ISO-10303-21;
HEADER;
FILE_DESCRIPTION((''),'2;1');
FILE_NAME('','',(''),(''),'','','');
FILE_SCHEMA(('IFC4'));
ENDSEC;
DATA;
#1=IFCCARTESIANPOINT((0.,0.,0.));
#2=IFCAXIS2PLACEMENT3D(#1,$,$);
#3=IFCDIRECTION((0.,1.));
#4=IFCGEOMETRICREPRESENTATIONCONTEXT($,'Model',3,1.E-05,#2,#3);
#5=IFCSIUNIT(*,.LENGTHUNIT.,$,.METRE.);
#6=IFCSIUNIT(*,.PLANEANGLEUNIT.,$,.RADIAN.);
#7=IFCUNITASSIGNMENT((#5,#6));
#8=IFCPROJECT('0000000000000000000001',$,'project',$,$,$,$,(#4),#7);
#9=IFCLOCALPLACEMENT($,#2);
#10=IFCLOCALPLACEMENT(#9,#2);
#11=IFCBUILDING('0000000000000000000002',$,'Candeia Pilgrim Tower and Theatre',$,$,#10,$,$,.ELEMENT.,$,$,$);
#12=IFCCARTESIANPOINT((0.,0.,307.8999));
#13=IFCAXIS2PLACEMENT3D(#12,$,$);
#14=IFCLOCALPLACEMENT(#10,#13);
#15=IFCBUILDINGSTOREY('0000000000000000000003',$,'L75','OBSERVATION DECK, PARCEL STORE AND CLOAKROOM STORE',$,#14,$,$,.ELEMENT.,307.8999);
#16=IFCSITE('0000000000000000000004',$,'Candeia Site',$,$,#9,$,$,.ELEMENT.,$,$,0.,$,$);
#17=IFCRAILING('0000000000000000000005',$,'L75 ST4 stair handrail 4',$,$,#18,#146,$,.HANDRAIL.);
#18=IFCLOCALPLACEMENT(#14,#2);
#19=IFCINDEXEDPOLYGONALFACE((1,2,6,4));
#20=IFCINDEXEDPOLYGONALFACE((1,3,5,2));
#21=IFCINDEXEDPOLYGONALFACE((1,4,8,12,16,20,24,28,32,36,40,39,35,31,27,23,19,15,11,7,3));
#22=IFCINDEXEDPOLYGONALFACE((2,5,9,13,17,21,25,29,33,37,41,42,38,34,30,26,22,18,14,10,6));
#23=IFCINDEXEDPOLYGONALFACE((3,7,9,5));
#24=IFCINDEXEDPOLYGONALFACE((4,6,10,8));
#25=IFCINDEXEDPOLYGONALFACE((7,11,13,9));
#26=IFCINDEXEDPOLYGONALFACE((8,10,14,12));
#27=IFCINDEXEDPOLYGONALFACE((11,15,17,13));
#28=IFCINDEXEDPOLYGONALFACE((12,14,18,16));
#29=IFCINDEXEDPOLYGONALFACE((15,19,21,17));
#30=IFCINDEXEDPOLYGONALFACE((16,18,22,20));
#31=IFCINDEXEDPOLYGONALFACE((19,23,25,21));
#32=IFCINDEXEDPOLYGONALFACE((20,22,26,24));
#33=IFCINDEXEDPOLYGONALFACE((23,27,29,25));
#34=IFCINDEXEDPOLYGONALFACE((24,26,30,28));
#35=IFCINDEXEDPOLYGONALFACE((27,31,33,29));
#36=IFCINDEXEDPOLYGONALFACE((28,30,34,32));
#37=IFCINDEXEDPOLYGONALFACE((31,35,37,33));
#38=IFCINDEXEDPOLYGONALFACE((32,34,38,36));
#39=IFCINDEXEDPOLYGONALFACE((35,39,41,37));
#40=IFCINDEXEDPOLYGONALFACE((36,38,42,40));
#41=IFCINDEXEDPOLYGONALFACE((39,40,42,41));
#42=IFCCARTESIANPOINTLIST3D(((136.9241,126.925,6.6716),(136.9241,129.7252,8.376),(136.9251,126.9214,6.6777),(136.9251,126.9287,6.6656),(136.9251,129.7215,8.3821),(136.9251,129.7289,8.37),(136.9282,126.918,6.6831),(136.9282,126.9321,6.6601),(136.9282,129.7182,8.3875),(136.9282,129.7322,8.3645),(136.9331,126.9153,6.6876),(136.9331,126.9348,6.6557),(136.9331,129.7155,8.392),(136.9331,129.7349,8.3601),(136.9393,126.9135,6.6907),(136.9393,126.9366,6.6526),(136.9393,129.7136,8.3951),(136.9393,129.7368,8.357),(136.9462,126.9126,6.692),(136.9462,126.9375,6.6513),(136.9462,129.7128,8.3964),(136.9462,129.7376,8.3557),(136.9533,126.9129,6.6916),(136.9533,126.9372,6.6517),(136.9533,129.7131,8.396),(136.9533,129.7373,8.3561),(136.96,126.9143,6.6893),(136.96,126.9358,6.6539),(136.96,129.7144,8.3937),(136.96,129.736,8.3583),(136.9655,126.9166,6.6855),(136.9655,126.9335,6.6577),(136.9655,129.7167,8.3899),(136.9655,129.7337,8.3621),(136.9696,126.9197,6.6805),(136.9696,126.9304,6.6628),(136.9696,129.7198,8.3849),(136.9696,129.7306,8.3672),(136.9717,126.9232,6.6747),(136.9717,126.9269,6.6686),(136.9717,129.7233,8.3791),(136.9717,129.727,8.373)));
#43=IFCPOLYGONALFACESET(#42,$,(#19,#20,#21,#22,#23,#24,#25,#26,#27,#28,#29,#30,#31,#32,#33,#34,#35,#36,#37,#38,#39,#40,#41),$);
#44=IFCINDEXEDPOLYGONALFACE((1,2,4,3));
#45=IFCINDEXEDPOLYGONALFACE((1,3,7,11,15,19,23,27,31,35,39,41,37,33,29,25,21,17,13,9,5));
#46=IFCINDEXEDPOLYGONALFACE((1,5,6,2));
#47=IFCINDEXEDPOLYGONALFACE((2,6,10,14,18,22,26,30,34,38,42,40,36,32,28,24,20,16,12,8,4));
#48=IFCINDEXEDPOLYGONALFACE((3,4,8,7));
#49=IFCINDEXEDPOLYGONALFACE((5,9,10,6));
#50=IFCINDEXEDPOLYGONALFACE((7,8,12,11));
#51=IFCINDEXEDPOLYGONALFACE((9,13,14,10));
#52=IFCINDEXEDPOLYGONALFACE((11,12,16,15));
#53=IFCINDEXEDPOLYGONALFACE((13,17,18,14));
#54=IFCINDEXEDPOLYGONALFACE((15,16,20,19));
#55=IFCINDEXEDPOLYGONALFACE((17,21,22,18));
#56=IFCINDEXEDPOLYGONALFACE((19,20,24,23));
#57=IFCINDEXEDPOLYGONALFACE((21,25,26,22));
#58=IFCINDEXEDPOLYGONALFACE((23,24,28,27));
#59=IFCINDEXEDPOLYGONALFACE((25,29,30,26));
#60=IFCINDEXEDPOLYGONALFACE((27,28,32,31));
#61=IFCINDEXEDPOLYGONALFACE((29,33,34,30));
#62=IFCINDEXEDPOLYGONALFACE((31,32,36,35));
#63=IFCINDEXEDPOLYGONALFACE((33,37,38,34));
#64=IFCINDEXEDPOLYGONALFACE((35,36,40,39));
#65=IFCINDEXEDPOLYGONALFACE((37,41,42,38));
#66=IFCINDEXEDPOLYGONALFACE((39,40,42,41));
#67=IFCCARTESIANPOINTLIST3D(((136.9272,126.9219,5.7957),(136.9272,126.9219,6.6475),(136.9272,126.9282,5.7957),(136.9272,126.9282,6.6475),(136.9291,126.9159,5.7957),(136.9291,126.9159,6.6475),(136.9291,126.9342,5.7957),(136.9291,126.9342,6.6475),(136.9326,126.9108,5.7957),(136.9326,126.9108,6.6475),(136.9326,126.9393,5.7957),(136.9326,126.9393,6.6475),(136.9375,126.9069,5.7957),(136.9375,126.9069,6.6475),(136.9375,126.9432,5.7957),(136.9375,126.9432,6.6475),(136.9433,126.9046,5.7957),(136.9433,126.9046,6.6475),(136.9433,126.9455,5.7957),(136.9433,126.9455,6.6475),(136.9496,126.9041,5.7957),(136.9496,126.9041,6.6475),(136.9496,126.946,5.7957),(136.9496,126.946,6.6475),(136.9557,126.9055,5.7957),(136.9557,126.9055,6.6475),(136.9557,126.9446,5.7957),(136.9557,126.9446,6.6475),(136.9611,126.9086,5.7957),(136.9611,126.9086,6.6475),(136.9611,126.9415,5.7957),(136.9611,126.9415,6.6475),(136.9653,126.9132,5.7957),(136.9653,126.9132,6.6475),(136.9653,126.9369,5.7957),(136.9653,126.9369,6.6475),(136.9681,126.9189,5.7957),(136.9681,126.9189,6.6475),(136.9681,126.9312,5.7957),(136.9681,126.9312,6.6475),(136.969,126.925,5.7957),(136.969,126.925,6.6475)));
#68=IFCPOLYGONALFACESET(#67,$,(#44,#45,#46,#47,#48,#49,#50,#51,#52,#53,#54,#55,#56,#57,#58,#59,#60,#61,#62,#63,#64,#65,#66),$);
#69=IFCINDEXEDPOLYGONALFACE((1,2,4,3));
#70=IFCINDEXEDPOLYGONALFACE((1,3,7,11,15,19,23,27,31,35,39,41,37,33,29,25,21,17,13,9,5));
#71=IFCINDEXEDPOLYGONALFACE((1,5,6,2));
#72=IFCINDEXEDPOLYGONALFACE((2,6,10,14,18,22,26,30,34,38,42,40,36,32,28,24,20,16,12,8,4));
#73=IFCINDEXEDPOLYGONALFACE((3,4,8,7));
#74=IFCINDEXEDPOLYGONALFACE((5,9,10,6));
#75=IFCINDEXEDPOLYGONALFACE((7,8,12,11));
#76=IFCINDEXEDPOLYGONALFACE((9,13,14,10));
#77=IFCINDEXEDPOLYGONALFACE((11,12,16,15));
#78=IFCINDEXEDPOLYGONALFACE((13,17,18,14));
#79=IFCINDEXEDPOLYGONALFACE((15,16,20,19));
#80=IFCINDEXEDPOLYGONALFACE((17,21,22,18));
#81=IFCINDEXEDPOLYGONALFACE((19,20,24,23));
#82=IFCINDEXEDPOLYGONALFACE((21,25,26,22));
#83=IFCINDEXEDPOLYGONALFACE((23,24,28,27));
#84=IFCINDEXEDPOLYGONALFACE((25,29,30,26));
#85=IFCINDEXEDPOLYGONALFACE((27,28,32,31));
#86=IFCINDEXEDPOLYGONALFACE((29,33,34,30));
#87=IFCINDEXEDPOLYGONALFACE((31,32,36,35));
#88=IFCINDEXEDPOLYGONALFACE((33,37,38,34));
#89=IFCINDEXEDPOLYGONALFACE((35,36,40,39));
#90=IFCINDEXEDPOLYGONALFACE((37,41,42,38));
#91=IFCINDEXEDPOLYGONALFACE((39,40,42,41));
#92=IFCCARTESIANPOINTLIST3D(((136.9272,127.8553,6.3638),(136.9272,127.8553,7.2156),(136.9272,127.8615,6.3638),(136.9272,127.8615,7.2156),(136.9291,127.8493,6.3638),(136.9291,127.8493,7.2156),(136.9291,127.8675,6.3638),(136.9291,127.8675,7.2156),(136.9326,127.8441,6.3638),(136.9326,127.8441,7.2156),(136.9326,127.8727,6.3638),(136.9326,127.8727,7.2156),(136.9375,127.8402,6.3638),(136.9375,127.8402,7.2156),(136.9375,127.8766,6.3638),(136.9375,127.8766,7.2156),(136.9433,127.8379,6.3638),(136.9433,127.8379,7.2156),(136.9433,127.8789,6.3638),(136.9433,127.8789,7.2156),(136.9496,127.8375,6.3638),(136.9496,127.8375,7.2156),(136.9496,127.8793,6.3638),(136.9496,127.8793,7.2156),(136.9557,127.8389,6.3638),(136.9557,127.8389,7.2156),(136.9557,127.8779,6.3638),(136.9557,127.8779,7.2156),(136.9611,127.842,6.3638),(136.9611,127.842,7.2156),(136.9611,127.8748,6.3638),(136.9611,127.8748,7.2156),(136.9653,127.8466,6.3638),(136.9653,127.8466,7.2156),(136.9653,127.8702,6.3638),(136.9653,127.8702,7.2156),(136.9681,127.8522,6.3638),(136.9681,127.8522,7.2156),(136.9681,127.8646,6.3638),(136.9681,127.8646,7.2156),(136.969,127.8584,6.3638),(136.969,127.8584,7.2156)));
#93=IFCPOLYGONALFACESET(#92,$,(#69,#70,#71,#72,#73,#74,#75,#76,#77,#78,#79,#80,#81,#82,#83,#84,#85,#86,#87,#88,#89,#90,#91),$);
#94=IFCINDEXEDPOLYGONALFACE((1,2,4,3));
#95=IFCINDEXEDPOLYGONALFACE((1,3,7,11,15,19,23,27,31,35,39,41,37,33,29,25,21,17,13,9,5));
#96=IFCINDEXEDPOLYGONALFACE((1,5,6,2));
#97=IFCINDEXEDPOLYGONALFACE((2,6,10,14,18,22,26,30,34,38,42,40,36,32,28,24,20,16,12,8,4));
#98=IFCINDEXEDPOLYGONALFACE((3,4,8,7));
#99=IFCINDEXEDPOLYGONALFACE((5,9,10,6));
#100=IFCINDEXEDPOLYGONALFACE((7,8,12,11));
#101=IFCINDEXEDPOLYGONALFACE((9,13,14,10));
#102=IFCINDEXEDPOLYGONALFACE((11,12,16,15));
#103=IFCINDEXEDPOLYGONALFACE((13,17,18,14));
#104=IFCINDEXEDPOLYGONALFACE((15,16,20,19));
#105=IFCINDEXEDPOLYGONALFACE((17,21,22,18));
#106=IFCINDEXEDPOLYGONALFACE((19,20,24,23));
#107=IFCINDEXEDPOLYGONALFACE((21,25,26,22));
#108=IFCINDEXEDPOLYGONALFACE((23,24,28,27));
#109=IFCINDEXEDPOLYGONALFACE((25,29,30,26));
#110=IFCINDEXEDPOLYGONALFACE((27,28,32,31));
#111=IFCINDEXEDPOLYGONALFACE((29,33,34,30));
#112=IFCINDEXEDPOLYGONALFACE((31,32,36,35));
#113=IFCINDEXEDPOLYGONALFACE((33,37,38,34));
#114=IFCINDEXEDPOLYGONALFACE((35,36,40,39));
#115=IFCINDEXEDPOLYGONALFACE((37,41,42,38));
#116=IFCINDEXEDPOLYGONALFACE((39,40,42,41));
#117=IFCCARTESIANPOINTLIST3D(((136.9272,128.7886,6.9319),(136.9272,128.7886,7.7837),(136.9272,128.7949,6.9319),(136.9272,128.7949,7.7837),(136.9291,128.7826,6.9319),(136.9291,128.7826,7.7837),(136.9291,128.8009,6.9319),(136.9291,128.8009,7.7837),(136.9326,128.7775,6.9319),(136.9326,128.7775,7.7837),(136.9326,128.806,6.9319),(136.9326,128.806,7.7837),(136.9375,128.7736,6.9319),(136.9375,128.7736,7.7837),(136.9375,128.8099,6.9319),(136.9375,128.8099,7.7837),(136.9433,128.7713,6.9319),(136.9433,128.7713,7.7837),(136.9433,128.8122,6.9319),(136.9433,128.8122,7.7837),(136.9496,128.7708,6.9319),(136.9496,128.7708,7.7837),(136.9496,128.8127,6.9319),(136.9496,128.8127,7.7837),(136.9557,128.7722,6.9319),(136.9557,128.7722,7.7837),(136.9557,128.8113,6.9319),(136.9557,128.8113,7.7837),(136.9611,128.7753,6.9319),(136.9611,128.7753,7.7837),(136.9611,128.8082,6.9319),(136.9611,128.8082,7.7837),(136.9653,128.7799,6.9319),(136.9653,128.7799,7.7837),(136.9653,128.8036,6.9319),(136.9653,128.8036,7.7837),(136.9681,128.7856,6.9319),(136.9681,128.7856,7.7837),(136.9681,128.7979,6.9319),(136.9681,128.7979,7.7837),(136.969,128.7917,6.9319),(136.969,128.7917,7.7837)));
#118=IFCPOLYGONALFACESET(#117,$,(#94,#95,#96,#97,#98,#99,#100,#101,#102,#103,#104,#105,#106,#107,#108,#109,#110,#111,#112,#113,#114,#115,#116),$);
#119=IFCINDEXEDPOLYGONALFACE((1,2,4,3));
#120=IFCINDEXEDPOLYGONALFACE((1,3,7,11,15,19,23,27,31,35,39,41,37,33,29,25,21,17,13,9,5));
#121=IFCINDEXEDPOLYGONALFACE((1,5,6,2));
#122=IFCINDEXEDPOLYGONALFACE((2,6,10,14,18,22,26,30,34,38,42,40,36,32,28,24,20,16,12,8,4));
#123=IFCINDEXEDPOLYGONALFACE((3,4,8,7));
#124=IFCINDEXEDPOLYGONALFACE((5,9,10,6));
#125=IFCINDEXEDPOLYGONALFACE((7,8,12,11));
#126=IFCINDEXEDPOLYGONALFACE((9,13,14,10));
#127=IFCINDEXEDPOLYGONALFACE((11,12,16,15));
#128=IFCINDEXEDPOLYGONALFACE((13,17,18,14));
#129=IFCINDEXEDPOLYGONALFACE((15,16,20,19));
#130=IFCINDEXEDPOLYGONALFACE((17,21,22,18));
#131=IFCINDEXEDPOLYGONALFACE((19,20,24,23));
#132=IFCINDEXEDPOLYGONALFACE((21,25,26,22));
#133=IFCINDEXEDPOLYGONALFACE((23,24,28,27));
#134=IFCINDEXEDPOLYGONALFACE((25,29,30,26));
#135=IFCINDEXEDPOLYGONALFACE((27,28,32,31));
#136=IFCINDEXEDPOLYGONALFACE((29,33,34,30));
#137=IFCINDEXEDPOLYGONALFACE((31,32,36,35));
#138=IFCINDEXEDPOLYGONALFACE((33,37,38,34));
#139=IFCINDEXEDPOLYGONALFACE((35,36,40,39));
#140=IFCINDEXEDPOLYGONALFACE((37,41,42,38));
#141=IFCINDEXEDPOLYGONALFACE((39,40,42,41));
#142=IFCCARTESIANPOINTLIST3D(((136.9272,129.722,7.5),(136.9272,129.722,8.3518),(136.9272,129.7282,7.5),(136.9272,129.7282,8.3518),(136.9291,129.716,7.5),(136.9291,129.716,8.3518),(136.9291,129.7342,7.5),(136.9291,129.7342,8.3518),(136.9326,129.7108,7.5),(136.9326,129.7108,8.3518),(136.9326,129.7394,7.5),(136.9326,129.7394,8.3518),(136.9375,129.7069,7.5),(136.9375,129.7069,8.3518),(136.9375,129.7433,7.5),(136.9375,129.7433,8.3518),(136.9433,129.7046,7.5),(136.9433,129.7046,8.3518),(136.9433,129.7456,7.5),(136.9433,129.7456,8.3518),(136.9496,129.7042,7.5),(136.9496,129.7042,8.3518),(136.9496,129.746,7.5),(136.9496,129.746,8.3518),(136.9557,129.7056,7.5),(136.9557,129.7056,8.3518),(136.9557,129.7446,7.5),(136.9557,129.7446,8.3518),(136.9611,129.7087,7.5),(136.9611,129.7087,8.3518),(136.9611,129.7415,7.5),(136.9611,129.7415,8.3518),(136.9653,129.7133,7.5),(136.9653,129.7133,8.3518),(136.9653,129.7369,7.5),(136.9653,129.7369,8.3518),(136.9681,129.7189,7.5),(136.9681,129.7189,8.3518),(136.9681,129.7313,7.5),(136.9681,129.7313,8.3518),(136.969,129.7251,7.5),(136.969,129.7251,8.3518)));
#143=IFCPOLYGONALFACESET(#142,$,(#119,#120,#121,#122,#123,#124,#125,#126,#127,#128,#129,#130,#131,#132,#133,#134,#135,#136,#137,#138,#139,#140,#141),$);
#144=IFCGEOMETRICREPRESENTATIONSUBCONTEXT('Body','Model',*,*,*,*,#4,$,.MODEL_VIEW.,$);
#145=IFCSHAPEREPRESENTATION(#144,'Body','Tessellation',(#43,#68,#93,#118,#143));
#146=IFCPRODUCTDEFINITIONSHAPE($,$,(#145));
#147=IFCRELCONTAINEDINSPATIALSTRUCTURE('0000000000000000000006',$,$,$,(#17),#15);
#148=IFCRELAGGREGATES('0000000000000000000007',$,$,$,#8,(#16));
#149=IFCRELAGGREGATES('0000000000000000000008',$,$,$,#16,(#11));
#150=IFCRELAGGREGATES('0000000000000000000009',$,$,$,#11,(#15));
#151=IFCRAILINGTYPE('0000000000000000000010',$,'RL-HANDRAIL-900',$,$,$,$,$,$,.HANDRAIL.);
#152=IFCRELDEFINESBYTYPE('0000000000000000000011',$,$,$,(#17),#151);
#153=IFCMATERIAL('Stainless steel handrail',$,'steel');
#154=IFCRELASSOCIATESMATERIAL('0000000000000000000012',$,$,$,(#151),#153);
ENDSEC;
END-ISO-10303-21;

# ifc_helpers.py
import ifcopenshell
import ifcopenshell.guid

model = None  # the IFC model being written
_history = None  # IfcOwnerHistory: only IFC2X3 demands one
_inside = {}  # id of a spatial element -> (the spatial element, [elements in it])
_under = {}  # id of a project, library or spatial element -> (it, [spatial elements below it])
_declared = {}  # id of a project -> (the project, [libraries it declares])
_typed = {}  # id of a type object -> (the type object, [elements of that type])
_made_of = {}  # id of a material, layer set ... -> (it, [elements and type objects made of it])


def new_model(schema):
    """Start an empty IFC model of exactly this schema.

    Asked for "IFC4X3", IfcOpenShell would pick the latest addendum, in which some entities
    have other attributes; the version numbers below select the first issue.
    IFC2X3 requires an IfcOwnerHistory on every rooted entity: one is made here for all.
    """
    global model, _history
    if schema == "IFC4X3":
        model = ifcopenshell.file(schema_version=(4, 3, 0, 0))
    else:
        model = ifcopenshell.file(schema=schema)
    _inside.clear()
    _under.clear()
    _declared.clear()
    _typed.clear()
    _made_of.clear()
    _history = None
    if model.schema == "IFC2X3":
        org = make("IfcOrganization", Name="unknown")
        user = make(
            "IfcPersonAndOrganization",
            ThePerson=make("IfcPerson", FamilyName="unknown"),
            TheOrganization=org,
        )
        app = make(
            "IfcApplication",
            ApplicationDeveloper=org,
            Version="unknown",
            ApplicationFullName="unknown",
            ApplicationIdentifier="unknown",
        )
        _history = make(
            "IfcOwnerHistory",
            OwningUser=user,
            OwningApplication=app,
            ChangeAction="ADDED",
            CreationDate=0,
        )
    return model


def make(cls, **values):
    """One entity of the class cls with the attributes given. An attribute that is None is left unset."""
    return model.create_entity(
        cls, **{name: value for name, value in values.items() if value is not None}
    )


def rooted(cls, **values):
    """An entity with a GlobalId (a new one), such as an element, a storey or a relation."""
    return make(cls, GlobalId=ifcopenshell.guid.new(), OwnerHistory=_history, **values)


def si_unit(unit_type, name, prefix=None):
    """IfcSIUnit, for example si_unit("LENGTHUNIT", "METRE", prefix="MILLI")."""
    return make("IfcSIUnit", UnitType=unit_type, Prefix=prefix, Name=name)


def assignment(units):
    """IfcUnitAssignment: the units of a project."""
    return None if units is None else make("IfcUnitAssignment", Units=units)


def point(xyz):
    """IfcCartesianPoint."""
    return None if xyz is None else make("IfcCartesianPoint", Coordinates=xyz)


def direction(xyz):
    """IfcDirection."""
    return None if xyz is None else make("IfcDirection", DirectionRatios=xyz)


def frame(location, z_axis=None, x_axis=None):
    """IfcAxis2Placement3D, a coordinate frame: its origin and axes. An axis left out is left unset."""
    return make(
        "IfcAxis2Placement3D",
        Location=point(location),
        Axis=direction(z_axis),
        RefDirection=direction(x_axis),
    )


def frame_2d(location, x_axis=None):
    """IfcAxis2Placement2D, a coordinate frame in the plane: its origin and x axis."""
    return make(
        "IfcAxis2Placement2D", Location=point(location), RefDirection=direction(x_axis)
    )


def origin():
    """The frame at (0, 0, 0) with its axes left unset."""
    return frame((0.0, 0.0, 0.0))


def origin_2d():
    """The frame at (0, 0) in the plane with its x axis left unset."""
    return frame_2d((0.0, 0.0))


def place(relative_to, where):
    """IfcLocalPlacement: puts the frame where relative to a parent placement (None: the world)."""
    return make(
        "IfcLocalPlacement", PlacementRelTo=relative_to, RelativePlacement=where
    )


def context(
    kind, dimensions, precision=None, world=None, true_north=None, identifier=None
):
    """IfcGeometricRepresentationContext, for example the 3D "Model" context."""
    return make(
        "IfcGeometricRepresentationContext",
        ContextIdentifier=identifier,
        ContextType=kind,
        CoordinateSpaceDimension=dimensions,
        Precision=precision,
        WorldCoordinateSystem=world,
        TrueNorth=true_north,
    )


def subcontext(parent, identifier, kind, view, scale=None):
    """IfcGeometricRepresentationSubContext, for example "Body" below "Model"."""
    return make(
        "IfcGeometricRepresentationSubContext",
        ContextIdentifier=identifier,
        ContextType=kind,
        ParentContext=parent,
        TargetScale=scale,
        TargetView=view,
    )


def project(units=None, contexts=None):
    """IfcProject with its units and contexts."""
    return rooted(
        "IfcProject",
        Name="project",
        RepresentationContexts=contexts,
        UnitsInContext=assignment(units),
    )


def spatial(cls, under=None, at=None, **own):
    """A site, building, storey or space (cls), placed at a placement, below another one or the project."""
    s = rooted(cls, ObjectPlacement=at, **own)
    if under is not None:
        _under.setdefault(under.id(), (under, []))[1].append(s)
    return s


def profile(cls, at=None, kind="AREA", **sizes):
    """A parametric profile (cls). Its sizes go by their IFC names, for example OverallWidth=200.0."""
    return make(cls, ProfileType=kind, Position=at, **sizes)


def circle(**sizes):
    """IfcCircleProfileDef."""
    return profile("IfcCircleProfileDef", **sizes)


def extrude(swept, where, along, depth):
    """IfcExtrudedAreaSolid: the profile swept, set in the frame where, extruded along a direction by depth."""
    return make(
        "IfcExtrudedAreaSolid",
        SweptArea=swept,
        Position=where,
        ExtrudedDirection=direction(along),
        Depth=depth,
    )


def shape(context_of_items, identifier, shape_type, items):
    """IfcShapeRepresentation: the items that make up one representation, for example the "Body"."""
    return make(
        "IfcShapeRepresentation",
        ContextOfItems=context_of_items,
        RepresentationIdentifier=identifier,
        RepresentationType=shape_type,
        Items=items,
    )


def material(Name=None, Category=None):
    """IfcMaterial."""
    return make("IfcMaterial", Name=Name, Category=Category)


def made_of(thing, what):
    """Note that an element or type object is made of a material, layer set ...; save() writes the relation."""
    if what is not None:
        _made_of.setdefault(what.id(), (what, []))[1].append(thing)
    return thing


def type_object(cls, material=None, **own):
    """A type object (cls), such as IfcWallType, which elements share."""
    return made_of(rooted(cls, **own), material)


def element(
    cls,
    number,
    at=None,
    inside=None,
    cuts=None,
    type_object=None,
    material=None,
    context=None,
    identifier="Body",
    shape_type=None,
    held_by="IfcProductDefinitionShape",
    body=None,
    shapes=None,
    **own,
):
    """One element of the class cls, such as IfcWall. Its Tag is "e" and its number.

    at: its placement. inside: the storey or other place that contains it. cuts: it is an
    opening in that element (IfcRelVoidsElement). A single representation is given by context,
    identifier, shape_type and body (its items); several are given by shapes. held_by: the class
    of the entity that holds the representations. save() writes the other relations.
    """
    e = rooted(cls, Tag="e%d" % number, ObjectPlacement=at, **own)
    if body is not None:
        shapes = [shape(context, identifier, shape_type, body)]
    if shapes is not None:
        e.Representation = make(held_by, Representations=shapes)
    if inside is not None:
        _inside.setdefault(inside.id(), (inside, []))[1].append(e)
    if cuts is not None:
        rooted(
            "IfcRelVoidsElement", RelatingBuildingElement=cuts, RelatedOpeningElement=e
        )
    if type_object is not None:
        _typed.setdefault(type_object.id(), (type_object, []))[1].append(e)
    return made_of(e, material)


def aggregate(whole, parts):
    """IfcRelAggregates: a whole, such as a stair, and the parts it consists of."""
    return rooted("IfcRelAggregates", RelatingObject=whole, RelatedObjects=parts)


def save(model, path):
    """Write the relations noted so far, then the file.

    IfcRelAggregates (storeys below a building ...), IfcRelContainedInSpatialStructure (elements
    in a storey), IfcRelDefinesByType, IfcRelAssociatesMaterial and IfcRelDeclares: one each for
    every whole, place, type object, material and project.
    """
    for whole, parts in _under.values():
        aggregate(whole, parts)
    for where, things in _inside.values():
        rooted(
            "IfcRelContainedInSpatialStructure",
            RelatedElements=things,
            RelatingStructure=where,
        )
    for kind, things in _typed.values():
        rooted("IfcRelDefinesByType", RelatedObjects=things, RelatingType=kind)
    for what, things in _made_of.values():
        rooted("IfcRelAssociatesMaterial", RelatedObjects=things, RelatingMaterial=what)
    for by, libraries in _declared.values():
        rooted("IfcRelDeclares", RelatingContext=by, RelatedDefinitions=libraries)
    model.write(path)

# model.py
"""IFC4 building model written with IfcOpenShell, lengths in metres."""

from ifc_helpers import new_model, si_unit, direction, frame, origin, origin_2d, place, context, subcontext, project, spatial, circle, extrude, material, type_object, element, save


model = new_model("IFC4")

# Units and contexts
model_context = context("Model", 3, precision=1e-05, world=origin(), true_north=direction((0.0, 1.0)))
body_context = subcontext(model_context, "Body", "Model", "MODEL_VIEW")
ifc_project = project(units=[si_unit("LENGTHUNIT", "METRE"), si_unit("PLANEANGLEUNIT", "RADIAN")], contexts=[model_context])

# Site, building, storey
site_placement = place(None, origin())
site = spatial("IfcSite", under=ifc_project, at=site_placement, Name="Candeia Site", CompositionType="ELEMENT", RefElevation=0.0)
building_placement = place(site_placement, origin())
building = spatial("IfcBuilding", under=site, at=building_placement, Name="Candeia Pilgrim Tower and Theatre", CompositionType="ELEMENT")
storey_placement = place(building_placement, frame((0.0, 0.0, 307.8999)))
storey = spatial("IfcBuildingStorey", under=building, at=storey_placement, Name="L75", Description="OBSERVATION DECK, PARCEL STORE AND CLOAKROOM STORE", CompositionType="ELEMENT", Elevation=307.8999)

# Railing
ifc_material_1 = material(Name="Stainless steel handrail", Category="steel")
railing_type_1 = type_object("IfcRailingType", Name="RL-HANDRAIL-900", PredefinedType="HANDRAIL", material=ifc_material_1)
for number, where, name in (
    (1, (136.948, 126.925, 5.7957), "L75 ST4 stair handrail 4"),
):
    element("IfcRailing", number, at=place(storey_placement, frame(where)), inside=storey, type_object=railing_type_1, Name=name, PredefinedType="HANDRAIL", context=body_context, shape_type="SweptSolid", body=[
        extrude(circle(Radius=0.0239, at=origin_2d()), frame((0.0, 0.0, 0.876), z_axis=(0.0, 0.854203, 0.51994), x_axis=(-1.0, 0.0, 0.0)), (0.0, 0.0, 1.0), 3.2781),
        extrude(circle(Radius=0.021, at=origin_2d()), origin(), (0.0, 0.0, 1.0), 0.8518),
        extrude(circle(Radius=0.021, at=origin_2d()), frame((0.0, 0.9333, 0.5681)), (0.0, 0.0, 1.0), 0.8518),
        extrude(circle(Radius=0.021, at=origin_2d()), frame((0.0, 1.8667, 1.1362)), (0.0, 0.0, 1.0), 0.8518),
        extrude(circle(Radius=0.021, at=origin_2d()), frame((0.0, 2.8, 1.7043)), (0.0, 0.0, 1.0), 0.8518),
    ])

save(model, "model.ifc")
